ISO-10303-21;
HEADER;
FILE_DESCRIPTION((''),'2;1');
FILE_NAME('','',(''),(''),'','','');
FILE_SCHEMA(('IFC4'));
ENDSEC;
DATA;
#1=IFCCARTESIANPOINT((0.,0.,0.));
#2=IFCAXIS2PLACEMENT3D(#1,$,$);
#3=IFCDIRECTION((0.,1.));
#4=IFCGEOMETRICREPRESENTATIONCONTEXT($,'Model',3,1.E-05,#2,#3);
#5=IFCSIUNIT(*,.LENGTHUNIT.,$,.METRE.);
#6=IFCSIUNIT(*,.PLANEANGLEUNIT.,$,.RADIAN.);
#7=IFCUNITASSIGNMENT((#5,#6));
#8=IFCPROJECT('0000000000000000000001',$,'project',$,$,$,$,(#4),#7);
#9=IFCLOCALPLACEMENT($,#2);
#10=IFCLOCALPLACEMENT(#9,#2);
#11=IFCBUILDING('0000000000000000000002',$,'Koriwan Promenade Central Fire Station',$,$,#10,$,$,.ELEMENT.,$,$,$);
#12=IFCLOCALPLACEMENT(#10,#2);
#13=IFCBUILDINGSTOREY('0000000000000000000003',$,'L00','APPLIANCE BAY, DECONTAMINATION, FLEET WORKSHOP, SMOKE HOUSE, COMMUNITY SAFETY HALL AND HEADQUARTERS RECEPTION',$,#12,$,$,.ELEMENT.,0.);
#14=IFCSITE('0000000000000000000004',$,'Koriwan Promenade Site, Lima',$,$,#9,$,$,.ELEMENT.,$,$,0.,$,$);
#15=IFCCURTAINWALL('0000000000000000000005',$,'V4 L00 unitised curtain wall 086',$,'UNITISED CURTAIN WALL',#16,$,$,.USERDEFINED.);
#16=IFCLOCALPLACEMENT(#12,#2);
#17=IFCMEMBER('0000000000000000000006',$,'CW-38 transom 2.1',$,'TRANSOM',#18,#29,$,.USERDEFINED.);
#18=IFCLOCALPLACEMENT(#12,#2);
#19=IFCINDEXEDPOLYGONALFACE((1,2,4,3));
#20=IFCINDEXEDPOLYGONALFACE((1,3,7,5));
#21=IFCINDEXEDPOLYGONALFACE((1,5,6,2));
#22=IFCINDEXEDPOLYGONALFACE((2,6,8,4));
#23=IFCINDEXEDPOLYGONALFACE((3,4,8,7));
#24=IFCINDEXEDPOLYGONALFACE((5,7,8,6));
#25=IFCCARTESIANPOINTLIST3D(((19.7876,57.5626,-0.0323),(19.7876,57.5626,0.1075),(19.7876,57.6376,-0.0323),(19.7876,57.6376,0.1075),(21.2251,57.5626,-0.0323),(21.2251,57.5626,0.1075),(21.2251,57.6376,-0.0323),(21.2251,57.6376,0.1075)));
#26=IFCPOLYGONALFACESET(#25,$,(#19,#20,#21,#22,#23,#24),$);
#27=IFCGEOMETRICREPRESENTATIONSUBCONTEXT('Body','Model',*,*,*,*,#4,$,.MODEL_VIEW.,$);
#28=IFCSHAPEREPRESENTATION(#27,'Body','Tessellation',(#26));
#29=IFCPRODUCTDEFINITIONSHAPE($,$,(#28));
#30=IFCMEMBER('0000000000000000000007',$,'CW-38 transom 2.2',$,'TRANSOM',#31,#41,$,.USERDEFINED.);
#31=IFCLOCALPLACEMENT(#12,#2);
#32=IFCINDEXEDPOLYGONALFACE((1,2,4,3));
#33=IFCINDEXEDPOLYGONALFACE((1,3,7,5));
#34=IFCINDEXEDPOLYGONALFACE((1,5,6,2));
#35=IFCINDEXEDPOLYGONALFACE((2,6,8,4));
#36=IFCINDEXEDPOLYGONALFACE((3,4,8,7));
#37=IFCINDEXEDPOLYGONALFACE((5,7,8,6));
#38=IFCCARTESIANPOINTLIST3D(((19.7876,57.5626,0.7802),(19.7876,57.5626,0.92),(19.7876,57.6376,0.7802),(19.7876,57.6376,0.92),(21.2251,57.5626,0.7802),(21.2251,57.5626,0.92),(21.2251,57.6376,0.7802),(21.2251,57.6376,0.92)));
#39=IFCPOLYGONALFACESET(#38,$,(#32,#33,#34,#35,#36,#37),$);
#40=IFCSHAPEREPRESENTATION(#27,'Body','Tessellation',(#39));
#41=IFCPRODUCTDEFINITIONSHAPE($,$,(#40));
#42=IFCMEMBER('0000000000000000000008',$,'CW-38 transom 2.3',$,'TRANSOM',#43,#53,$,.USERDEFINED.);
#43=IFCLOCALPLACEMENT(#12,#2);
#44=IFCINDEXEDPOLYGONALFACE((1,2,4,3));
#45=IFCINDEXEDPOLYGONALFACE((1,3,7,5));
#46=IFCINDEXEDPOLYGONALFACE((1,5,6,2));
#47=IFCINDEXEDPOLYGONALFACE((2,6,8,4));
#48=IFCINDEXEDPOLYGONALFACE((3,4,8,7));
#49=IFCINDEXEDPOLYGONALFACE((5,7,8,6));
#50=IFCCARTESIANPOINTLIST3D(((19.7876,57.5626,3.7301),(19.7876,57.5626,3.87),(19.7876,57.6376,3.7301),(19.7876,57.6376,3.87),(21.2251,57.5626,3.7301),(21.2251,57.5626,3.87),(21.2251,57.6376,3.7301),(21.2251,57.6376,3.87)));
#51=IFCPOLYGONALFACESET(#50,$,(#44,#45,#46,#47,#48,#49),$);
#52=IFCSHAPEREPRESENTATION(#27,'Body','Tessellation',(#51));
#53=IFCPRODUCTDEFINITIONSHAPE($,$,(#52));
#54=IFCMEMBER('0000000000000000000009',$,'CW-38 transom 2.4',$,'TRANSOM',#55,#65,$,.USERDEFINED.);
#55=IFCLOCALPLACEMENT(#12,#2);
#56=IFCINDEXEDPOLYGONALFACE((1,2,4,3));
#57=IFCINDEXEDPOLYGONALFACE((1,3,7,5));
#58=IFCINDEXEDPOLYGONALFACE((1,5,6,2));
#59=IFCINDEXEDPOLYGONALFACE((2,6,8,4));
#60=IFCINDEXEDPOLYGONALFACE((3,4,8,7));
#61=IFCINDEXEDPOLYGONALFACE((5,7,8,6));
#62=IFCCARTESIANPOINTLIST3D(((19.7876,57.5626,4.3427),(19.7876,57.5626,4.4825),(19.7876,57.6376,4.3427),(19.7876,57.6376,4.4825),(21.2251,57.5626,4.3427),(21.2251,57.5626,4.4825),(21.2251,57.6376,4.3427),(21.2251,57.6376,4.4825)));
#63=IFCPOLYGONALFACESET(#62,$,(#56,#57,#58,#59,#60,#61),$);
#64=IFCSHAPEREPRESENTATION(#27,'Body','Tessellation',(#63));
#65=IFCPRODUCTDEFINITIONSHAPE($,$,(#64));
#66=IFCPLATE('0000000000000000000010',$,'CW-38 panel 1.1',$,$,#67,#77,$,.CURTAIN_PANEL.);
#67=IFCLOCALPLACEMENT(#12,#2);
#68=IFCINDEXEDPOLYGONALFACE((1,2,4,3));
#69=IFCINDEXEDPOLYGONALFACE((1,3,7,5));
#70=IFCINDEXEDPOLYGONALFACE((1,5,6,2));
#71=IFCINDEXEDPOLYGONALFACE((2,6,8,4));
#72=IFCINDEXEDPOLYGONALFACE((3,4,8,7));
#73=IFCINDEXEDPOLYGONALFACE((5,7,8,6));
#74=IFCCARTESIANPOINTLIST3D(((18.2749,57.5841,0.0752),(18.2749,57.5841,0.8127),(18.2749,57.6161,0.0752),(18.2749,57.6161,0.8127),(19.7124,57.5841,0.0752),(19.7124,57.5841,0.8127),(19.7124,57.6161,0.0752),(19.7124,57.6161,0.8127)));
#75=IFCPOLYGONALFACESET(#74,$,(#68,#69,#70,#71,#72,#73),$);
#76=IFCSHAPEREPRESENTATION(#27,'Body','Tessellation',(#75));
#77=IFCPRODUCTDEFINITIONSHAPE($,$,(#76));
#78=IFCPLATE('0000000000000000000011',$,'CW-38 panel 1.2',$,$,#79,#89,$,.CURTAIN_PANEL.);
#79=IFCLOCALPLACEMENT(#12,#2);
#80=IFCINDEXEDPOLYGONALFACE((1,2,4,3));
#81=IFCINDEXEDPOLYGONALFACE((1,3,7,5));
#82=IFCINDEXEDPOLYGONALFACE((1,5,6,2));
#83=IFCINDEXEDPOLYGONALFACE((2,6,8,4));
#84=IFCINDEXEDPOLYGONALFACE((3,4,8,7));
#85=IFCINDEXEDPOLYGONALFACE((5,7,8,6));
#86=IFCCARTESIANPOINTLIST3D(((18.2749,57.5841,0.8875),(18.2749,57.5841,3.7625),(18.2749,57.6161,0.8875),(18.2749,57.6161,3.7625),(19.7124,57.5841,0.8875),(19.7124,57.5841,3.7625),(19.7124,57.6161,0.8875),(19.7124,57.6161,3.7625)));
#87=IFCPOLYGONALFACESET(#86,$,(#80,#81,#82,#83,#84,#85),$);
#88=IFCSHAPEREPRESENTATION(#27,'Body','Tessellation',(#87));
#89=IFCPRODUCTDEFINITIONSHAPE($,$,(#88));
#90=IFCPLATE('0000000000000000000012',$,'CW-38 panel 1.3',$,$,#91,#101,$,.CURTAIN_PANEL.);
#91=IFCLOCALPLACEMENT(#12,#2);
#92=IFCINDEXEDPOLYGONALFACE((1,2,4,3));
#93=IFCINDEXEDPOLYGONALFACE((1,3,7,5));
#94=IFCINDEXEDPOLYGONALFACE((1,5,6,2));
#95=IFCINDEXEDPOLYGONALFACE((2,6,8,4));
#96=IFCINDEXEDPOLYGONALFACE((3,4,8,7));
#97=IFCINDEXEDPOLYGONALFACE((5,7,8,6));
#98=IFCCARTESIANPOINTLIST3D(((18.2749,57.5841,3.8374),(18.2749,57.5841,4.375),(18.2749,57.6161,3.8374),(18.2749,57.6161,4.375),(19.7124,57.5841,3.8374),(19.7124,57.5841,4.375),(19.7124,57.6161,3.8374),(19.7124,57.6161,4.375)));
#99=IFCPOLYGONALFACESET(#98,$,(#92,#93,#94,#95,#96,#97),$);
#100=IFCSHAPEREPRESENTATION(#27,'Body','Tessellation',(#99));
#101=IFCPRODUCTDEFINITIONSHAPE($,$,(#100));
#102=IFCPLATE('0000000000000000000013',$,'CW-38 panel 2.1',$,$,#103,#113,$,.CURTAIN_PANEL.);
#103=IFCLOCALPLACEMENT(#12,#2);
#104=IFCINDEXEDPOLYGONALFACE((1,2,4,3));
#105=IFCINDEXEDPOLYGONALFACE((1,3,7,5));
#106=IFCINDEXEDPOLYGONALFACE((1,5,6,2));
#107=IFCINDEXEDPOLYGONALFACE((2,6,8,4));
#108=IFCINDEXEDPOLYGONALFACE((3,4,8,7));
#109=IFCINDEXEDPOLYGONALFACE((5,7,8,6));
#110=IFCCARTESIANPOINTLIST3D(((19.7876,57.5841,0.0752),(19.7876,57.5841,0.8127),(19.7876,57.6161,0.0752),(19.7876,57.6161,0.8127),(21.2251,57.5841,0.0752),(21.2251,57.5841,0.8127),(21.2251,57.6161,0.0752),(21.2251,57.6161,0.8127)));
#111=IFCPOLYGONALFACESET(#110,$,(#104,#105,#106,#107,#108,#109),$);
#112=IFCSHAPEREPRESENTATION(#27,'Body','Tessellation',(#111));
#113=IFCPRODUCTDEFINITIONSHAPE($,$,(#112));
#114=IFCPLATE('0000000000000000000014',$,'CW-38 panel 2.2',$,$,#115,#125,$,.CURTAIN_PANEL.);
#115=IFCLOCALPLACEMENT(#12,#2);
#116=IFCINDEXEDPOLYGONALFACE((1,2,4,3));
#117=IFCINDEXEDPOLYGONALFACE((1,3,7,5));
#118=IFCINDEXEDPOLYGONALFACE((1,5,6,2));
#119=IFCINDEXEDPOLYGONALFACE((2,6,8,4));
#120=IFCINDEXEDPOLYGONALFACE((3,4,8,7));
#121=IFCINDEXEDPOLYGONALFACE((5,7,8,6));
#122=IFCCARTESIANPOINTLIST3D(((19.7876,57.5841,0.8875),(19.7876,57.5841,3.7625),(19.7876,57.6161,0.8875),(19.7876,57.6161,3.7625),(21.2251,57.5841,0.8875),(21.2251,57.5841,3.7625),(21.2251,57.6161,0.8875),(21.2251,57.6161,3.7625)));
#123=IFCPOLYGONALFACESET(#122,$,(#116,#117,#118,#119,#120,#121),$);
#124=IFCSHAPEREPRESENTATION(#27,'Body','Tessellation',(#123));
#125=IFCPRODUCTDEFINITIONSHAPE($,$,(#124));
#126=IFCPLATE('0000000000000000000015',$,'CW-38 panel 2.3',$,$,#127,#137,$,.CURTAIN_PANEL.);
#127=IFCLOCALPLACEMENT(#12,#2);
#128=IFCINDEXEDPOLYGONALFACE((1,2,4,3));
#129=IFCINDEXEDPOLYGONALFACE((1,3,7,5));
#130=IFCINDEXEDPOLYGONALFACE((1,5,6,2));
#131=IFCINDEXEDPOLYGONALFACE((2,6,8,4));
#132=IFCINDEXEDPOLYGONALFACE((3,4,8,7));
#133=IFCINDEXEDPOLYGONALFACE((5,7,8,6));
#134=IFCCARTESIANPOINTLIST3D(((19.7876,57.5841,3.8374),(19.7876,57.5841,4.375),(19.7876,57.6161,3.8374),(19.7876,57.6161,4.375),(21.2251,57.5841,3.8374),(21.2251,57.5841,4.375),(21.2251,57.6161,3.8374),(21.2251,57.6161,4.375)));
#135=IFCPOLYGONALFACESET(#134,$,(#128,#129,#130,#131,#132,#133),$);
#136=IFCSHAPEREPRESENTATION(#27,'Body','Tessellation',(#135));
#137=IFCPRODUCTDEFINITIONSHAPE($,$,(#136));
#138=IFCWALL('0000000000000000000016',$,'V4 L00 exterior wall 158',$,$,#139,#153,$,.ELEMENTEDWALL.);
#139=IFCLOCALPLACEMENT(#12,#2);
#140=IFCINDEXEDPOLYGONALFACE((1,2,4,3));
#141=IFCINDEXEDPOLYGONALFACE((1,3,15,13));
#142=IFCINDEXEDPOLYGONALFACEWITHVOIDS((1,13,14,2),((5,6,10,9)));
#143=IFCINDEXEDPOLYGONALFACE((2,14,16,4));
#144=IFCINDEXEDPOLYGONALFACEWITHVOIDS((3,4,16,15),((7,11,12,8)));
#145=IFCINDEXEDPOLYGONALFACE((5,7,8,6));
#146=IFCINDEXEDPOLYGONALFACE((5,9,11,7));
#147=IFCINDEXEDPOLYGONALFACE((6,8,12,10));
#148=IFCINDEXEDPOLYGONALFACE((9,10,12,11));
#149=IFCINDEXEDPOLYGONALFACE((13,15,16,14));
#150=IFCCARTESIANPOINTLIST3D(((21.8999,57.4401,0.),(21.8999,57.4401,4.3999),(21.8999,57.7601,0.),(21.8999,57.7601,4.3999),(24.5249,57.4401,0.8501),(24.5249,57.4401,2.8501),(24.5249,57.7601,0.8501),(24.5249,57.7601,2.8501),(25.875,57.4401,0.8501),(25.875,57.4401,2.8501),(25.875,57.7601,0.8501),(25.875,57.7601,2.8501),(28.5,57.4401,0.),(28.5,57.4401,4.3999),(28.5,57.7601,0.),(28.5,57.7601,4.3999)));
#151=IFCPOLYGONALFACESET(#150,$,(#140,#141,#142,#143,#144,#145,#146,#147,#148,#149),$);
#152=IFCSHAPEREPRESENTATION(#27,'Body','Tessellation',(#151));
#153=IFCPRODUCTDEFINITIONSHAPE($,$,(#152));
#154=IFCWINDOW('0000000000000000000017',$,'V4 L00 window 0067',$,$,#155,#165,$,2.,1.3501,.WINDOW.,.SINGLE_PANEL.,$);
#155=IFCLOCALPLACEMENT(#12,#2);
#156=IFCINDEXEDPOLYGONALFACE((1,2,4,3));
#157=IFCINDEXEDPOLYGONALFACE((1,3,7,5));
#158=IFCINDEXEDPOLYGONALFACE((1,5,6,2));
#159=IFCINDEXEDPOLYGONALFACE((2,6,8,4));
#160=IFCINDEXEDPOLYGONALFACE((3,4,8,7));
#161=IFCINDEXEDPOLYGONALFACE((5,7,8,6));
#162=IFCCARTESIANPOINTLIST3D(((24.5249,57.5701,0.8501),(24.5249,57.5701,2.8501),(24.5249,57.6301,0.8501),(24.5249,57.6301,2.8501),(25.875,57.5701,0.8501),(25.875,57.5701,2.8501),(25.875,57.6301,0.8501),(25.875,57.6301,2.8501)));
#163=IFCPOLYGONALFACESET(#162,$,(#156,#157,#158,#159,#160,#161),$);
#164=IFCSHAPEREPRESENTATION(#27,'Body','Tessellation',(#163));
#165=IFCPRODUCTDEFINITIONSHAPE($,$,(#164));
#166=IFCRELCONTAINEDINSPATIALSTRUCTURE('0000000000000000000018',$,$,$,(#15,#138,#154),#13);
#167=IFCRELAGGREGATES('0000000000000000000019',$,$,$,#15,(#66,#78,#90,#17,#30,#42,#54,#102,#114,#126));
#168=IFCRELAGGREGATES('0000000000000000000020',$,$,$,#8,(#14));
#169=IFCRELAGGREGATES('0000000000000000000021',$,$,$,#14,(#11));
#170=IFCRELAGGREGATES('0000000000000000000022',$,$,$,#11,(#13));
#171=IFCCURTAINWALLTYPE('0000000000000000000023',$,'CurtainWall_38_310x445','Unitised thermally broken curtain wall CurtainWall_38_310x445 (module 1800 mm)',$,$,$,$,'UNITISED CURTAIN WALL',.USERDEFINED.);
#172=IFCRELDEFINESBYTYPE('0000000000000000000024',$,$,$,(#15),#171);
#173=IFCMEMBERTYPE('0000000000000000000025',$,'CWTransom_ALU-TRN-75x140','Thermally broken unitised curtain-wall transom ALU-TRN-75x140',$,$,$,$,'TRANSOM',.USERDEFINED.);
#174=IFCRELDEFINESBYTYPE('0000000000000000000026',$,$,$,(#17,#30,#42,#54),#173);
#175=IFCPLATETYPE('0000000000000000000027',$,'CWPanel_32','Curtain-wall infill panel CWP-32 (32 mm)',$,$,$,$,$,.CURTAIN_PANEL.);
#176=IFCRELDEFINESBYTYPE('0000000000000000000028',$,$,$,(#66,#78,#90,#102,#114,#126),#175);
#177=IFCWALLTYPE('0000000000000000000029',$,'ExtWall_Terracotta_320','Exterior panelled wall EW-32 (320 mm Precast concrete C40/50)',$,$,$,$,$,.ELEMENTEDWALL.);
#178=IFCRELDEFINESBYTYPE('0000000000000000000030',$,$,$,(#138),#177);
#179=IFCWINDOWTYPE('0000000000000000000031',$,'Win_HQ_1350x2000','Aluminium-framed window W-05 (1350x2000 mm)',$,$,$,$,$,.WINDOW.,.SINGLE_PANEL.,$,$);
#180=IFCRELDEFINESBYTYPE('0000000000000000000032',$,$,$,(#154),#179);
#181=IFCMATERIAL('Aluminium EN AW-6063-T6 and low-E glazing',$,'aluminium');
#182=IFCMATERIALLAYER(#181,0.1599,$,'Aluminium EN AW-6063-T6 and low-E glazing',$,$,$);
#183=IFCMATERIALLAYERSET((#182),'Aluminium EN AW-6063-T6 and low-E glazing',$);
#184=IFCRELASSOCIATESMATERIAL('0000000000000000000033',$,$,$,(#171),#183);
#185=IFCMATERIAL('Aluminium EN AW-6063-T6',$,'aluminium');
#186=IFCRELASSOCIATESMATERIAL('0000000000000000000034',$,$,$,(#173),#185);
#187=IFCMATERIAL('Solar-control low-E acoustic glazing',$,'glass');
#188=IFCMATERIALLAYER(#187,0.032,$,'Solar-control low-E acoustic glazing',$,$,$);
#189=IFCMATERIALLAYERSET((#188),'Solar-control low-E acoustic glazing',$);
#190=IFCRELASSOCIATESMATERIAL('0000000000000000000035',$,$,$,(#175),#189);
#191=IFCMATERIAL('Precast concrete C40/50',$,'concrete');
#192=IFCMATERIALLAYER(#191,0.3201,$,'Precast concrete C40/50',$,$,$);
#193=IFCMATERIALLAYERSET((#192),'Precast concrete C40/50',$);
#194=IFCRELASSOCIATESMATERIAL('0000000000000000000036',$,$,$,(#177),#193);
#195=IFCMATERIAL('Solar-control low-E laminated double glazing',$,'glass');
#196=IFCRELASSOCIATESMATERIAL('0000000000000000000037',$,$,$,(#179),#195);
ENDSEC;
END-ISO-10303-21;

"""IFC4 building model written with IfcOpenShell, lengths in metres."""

from ifc_helpers import new_model, si_unit, direction, frame, frame_2d, origin, origin_2d, place, context, subcontext, project, spatial, rectangle, extrude, material, layer, layer_set, material_profile, profile_set, type_object, element, fill, aggregate, save


model = new_model("IFC4")

# Units and contexts
model_context = context("Model", 3, precision=1e-05, world=origin(), true_north=direction((0.0, 1.0)))
body_context = subcontext(model_context, "Body", "Model", "MODEL_VIEW")
ifc_project = project(units=[si_unit("LENGTHUNIT", "METRE"), si_unit("PLANEANGLEUNIT", "RADIAN")], contexts=[model_context])

# Site, building, storey
site_placement = place(None, origin())
site = spatial("IfcSite", under=ifc_project, at=site_placement, Name="Koriwan Promenade Site, Lima", CompositionType="ELEMENT", RefElevation=0.0)
building_placement = place(site_placement, origin())
building = spatial("IfcBuilding", under=site, at=building_placement, Name="Koriwan Promenade Central Fire Station", CompositionType="ELEMENT")
storey_placement = place(building_placement, origin())
storey = spatial("IfcBuildingStorey", under=building, at=storey_placement, Name="L00", Description="APPLIANCE BAY, DECONTAMINATION, FLEET WORKSHOP, SMOKE HOUSE, COMMUNITY SAFETY HALL AND HEADQUARTERS RECEPTION", CompositionType="ELEMENT", Elevation=0.0)

# Curtain wall, members, plates
ifc_material_1 = material(Name="Aluminium EN AW-6063-T6 and low-E glazing", Category="aluminium")
ifc_layer_1 = layer(ifc_material_1, 0.1599, Name="Aluminium EN AW-6063-T6 and low-E glazing")
ifc_layer_set_1 = layer_set([ifc_layer_1], Name="Aluminium EN AW-6063-T6 and low-E glazing")
curtain_wall_type = type_object("IfcCurtainWallType", Name="CurtainWall_38_310x445", Description="Unitised thermally broken curtain wall CurtainWall_38_310x445 (module 1800 mm)", ElementType="UNITISED CURTAIN WALL", PredefinedType="USERDEFINED", material=ifc_layer_set_1)
curtain_wall_placement = place(storey_placement, origin())
curtain_wall = element("IfcCurtainWall", 1, at=curtain_wall_placement, inside=storey, type_object=curtain_wall_type, Name="V4 L00 unitised curtain wall 086", ObjectType="UNITISED CURTAIN WALL", PredefinedType="USERDEFINED")
ifc_material_2 = material(Name="Aluminium EN AW-6063-T6", Category="aluminium")
ifc_material_profile_1 = material_profile(ifc_material_2, rectangle(XDim=0.075, YDim=0.1399, at=origin_2d()), Name="ALU-TRN-75x140")
ifc_profile_set_1 = profile_set([ifc_material_profile_1], Name="Aluminium EN AW-6063-T6")
member_type_1 = type_object("IfcMemberType", Name="CWTransom_ALU-TRN-75x140", Description="Thermally broken unitised curtain-wall transom ALU-TRN-75x140", ElementType="TRANSOM", PredefinedType="USERDEFINED", material=ifc_profile_set_1)
member_1_placement = place(storey_placement, frame((19.7876, 57.6001, 0.0376), z_axis=(1.0, 0.0, 0.0), x_axis=(0.0, 1.0, 0.0)))
member_1 = element("IfcMember", 2, at=member_1_placement, type_object=member_type_1, Name="CW-38 transom 2.1", ObjectType="TRANSOM", PredefinedType="USERDEFINED", context=body_context, shape_type="SweptSolid", body=[
    extrude(rectangle(XDim=0.075, YDim=0.1399, at=origin_2d()), origin(), (0.0, 0.0, 1.0), 1.4375),
])
member_2_placement = place(storey_placement, frame((19.7876, 57.6001, 0.8501), z_axis=(1.0, 0.0, 0.0), x_axis=(0.0, 1.0, 0.0)))
member_2 = element("IfcMember", 3, at=member_2_placement, type_object=member_type_1, Name="CW-38 transom 2.2", ObjectType="TRANSOM", PredefinedType="USERDEFINED", context=body_context, shape_type="SweptSolid", body=[
    extrude(rectangle(XDim=0.075, YDim=0.1399, at=origin_2d()), origin(), (0.0, 0.0, 1.0), 1.4375),
])
member_3_placement = place(storey_placement, frame((19.7876, 57.6001, 3.8), z_axis=(1.0, 0.0, 0.0), x_axis=(0.0, 1.0, 0.0)))
member_3 = element("IfcMember", 4, at=member_3_placement, type_object=member_type_1, Name="CW-38 transom 2.3", ObjectType="TRANSOM", PredefinedType="USERDEFINED", context=body_context, shape_type="SweptSolid", body=[
    extrude(rectangle(XDim=0.075, YDim=0.1399, at=origin_2d()), origin(), (0.0, 0.0, 1.0), 1.4375),
])
member_4_placement = place(storey_placement, frame((19.7876, 57.6001, 4.4126), z_axis=(1.0, 0.0, 0.0), x_axis=(0.0, 1.0, 0.0)))
member_4 = element("IfcMember", 5, at=member_4_placement, type_object=member_type_1, Name="CW-38 transom 2.4", ObjectType="TRANSOM", PredefinedType="USERDEFINED", context=body_context, shape_type="SweptSolid", body=[
    extrude(rectangle(XDim=0.075, YDim=0.1399, at=origin_2d()), origin(), (0.0, 0.0, 1.0), 1.4375),
])
ifc_material_3 = material(Name="Solar-control low-E acoustic glazing", Category="glass")
ifc_layer_2 = layer(ifc_material_3, 0.032, Name="Solar-control low-E acoustic glazing")
ifc_layer_set_2 = layer_set([ifc_layer_2], Name="Solar-control low-E acoustic glazing")
plate_type = type_object("IfcPlateType", Name="CWPanel_32", Description="Curtain-wall infill panel CWP-32 (32 mm)", PredefinedType="CURTAIN_PANEL", material=ifc_layer_set_2)
plate_1_placement = place(storey_placement, frame((18.9937, 57.6001, 0.0752), z_axis=(0.0, 0.0, 1.0), x_axis=(1.0, 0.0, 0.0)))
plate_1 = element("IfcPlate", 6, at=plate_1_placement, type_object=plate_type, Name="CW-38 panel 1.1", PredefinedType="CURTAIN_PANEL", context=body_context, shape_type="SweptSolid", body=[
    extrude(rectangle(XDim=1.4375, YDim=0.032, at=origin_2d()), origin(), (0.0, 0.0, 1.0), 0.7375),
])
plate_2_placement = place(storey_placement, frame((18.9937, 57.6001, 0.8875), z_axis=(0.0, 0.0, 1.0), x_axis=(1.0, 0.0, 0.0)))
plate_2 = element("IfcPlate", 7, at=plate_2_placement, type_object=plate_type, Name="CW-38 panel 1.2", PredefinedType="CURTAIN_PANEL", context=body_context, shape_type="SweptSolid", body=[
    extrude(rectangle(XDim=1.4375, YDim=0.032, at=origin_2d()), origin(), (0.0, 0.0, 1.0), 2.875),
])
plate_3_placement = place(storey_placement, frame((18.9937, 57.6001, 3.8374), z_axis=(0.0, 0.0, 1.0), x_axis=(1.0, 0.0, 0.0)))
plate_3 = element("IfcPlate", 8, at=plate_3_placement, type_object=plate_type, Name="CW-38 panel 1.3", PredefinedType="CURTAIN_PANEL", context=body_context, shape_type="SweptSolid", body=[
    extrude(rectangle(XDim=1.4375, YDim=0.032, at=origin_2d()), origin(), (0.0, 0.0, 1.0), 0.5376),
])
plate_4_placement = place(storey_placement, frame((20.5063, 57.6001, 0.0752), z_axis=(0.0, 0.0, 1.0), x_axis=(1.0, 0.0, 0.0)))
plate_4 = element("IfcPlate", 9, at=plate_4_placement, type_object=plate_type, Name="CW-38 panel 2.1", PredefinedType="CURTAIN_PANEL", context=body_context, shape_type="SweptSolid", body=[
    extrude(rectangle(XDim=1.4375, YDim=0.032, at=origin_2d()), origin(), (0.0, 0.0, 1.0), 0.7375),
])
plate_5_placement = place(storey_placement, frame((20.5063, 57.6001, 0.8875), z_axis=(0.0, 0.0, 1.0), x_axis=(1.0, 0.0, 0.0)))
plate_5 = element("IfcPlate", 10, at=plate_5_placement, type_object=plate_type, Name="CW-38 panel 2.2", PredefinedType="CURTAIN_PANEL", context=body_context, shape_type="SweptSolid", body=[
    extrude(rectangle(XDim=1.4375, YDim=0.032, at=origin_2d()), origin(), (0.0, 0.0, 1.0), 2.875),
])
plate_6_placement = place(storey_placement, frame((20.5063, 57.6001, 3.8374), z_axis=(0.0, 0.0, 1.0), x_axis=(1.0, 0.0, 0.0)))
plate_6 = element("IfcPlate", 11, at=plate_6_placement, type_object=plate_type, Name="CW-38 panel 2.3", PredefinedType="CURTAIN_PANEL", context=body_context, shape_type="SweptSolid", body=[
    extrude(rectangle(XDim=1.4375, YDim=0.032, at=origin_2d()), origin(), (0.0, 0.0, 1.0), 0.5376),
])
aggregate(curtain_wall, [plate_1, plate_2, plate_3, member_1, member_2, member_3, member_4, plate_4, plate_5, plate_6])

# Wall, opening, window
ifc_material_4 = material(Name="Precast concrete C40/50", Category="concrete")
ifc_layer_3 = layer(ifc_material_4, 0.3201, Name="Precast concrete C40/50")
ifc_layer_set_3 = layer_set([ifc_layer_3], Name="Precast concrete C40/50")
wall_type = type_object("IfcWallType", Name="ExtWall_Terracotta_320", Description="Exterior panelled wall EW-32 (320 mm Precast concrete C40/50)", PredefinedType="ELEMENTEDWALL", material=ifc_layer_set_3)
wall_placement = place(storey_placement, frame((21.8999, 57.6001, 0.0), z_axis=(0.0, 0.0, 1.0), x_axis=(1.0, 0.0, 0.0)))
wall = element("IfcWall", 12, at=wall_placement, inside=storey, type_object=wall_type, Name="V4 L00 exterior wall 158", PredefinedType="ELEMENTEDWALL", context=body_context, shape_type="SweptSolid", body=[
    extrude(rectangle(XDim=6.6001, YDim=0.3201, at=frame_2d((3.3, 0.0))), origin(), (0.0, 0.0, 1.0), 4.3999),
])
opening_placement = place(wall_placement, frame((2.625, 0.0, 0.8501)))
opening = element("IfcOpeningElement", 13, at=opening_placement, cuts=wall, PredefinedType="OPENING", context=body_context, shape_type="SweptSolid", body=[
    extrude(rectangle(XDim=1.3501, YDim=2.0, at=frame_2d((0.675, 1.0))), frame((0.0, 0.1719, 0.0), z_axis=(0.0, -1.0, 0.0), x_axis=(1.0, 0.0, 0.0)), (0.0, 0.0, 1.0), 0.344),
])
ifc_material_5 = material(Name="Solar-control low-E laminated double glazing", Category="glass")
window_type = type_object("IfcWindowType", Name="Win_HQ_1350x2000", Description="Aluminium-framed window W-05 (1350x2000 mm)", PartitioningType="SINGLE_PANEL", PredefinedType="WINDOW", material=ifc_material_5)
window_placement = place(opening_placement, origin())
window = element("IfcWindow", 14, at=window_placement, inside=storey, type_object=window_type, Name="V4 L00 window 0067", OverallHeight=2.0, OverallWidth=1.3501, PartitioningType="SINGLE_PANEL", PredefinedType="WINDOW", context=body_context, shape_type="SweptSolid", body=[
    extrude(rectangle(XDim=1.3501, YDim=2.0, at=frame_2d((0.675, 1.0))), frame((0.0, 0.03, 0.0), z_axis=(0.0, -1.0, 0.0), x_axis=(1.0, 0.0, 0.0)), (0.0, 0.0, 1.0), 0.0601),
])
fill(opening, window)

save(model, "model.ifc")
